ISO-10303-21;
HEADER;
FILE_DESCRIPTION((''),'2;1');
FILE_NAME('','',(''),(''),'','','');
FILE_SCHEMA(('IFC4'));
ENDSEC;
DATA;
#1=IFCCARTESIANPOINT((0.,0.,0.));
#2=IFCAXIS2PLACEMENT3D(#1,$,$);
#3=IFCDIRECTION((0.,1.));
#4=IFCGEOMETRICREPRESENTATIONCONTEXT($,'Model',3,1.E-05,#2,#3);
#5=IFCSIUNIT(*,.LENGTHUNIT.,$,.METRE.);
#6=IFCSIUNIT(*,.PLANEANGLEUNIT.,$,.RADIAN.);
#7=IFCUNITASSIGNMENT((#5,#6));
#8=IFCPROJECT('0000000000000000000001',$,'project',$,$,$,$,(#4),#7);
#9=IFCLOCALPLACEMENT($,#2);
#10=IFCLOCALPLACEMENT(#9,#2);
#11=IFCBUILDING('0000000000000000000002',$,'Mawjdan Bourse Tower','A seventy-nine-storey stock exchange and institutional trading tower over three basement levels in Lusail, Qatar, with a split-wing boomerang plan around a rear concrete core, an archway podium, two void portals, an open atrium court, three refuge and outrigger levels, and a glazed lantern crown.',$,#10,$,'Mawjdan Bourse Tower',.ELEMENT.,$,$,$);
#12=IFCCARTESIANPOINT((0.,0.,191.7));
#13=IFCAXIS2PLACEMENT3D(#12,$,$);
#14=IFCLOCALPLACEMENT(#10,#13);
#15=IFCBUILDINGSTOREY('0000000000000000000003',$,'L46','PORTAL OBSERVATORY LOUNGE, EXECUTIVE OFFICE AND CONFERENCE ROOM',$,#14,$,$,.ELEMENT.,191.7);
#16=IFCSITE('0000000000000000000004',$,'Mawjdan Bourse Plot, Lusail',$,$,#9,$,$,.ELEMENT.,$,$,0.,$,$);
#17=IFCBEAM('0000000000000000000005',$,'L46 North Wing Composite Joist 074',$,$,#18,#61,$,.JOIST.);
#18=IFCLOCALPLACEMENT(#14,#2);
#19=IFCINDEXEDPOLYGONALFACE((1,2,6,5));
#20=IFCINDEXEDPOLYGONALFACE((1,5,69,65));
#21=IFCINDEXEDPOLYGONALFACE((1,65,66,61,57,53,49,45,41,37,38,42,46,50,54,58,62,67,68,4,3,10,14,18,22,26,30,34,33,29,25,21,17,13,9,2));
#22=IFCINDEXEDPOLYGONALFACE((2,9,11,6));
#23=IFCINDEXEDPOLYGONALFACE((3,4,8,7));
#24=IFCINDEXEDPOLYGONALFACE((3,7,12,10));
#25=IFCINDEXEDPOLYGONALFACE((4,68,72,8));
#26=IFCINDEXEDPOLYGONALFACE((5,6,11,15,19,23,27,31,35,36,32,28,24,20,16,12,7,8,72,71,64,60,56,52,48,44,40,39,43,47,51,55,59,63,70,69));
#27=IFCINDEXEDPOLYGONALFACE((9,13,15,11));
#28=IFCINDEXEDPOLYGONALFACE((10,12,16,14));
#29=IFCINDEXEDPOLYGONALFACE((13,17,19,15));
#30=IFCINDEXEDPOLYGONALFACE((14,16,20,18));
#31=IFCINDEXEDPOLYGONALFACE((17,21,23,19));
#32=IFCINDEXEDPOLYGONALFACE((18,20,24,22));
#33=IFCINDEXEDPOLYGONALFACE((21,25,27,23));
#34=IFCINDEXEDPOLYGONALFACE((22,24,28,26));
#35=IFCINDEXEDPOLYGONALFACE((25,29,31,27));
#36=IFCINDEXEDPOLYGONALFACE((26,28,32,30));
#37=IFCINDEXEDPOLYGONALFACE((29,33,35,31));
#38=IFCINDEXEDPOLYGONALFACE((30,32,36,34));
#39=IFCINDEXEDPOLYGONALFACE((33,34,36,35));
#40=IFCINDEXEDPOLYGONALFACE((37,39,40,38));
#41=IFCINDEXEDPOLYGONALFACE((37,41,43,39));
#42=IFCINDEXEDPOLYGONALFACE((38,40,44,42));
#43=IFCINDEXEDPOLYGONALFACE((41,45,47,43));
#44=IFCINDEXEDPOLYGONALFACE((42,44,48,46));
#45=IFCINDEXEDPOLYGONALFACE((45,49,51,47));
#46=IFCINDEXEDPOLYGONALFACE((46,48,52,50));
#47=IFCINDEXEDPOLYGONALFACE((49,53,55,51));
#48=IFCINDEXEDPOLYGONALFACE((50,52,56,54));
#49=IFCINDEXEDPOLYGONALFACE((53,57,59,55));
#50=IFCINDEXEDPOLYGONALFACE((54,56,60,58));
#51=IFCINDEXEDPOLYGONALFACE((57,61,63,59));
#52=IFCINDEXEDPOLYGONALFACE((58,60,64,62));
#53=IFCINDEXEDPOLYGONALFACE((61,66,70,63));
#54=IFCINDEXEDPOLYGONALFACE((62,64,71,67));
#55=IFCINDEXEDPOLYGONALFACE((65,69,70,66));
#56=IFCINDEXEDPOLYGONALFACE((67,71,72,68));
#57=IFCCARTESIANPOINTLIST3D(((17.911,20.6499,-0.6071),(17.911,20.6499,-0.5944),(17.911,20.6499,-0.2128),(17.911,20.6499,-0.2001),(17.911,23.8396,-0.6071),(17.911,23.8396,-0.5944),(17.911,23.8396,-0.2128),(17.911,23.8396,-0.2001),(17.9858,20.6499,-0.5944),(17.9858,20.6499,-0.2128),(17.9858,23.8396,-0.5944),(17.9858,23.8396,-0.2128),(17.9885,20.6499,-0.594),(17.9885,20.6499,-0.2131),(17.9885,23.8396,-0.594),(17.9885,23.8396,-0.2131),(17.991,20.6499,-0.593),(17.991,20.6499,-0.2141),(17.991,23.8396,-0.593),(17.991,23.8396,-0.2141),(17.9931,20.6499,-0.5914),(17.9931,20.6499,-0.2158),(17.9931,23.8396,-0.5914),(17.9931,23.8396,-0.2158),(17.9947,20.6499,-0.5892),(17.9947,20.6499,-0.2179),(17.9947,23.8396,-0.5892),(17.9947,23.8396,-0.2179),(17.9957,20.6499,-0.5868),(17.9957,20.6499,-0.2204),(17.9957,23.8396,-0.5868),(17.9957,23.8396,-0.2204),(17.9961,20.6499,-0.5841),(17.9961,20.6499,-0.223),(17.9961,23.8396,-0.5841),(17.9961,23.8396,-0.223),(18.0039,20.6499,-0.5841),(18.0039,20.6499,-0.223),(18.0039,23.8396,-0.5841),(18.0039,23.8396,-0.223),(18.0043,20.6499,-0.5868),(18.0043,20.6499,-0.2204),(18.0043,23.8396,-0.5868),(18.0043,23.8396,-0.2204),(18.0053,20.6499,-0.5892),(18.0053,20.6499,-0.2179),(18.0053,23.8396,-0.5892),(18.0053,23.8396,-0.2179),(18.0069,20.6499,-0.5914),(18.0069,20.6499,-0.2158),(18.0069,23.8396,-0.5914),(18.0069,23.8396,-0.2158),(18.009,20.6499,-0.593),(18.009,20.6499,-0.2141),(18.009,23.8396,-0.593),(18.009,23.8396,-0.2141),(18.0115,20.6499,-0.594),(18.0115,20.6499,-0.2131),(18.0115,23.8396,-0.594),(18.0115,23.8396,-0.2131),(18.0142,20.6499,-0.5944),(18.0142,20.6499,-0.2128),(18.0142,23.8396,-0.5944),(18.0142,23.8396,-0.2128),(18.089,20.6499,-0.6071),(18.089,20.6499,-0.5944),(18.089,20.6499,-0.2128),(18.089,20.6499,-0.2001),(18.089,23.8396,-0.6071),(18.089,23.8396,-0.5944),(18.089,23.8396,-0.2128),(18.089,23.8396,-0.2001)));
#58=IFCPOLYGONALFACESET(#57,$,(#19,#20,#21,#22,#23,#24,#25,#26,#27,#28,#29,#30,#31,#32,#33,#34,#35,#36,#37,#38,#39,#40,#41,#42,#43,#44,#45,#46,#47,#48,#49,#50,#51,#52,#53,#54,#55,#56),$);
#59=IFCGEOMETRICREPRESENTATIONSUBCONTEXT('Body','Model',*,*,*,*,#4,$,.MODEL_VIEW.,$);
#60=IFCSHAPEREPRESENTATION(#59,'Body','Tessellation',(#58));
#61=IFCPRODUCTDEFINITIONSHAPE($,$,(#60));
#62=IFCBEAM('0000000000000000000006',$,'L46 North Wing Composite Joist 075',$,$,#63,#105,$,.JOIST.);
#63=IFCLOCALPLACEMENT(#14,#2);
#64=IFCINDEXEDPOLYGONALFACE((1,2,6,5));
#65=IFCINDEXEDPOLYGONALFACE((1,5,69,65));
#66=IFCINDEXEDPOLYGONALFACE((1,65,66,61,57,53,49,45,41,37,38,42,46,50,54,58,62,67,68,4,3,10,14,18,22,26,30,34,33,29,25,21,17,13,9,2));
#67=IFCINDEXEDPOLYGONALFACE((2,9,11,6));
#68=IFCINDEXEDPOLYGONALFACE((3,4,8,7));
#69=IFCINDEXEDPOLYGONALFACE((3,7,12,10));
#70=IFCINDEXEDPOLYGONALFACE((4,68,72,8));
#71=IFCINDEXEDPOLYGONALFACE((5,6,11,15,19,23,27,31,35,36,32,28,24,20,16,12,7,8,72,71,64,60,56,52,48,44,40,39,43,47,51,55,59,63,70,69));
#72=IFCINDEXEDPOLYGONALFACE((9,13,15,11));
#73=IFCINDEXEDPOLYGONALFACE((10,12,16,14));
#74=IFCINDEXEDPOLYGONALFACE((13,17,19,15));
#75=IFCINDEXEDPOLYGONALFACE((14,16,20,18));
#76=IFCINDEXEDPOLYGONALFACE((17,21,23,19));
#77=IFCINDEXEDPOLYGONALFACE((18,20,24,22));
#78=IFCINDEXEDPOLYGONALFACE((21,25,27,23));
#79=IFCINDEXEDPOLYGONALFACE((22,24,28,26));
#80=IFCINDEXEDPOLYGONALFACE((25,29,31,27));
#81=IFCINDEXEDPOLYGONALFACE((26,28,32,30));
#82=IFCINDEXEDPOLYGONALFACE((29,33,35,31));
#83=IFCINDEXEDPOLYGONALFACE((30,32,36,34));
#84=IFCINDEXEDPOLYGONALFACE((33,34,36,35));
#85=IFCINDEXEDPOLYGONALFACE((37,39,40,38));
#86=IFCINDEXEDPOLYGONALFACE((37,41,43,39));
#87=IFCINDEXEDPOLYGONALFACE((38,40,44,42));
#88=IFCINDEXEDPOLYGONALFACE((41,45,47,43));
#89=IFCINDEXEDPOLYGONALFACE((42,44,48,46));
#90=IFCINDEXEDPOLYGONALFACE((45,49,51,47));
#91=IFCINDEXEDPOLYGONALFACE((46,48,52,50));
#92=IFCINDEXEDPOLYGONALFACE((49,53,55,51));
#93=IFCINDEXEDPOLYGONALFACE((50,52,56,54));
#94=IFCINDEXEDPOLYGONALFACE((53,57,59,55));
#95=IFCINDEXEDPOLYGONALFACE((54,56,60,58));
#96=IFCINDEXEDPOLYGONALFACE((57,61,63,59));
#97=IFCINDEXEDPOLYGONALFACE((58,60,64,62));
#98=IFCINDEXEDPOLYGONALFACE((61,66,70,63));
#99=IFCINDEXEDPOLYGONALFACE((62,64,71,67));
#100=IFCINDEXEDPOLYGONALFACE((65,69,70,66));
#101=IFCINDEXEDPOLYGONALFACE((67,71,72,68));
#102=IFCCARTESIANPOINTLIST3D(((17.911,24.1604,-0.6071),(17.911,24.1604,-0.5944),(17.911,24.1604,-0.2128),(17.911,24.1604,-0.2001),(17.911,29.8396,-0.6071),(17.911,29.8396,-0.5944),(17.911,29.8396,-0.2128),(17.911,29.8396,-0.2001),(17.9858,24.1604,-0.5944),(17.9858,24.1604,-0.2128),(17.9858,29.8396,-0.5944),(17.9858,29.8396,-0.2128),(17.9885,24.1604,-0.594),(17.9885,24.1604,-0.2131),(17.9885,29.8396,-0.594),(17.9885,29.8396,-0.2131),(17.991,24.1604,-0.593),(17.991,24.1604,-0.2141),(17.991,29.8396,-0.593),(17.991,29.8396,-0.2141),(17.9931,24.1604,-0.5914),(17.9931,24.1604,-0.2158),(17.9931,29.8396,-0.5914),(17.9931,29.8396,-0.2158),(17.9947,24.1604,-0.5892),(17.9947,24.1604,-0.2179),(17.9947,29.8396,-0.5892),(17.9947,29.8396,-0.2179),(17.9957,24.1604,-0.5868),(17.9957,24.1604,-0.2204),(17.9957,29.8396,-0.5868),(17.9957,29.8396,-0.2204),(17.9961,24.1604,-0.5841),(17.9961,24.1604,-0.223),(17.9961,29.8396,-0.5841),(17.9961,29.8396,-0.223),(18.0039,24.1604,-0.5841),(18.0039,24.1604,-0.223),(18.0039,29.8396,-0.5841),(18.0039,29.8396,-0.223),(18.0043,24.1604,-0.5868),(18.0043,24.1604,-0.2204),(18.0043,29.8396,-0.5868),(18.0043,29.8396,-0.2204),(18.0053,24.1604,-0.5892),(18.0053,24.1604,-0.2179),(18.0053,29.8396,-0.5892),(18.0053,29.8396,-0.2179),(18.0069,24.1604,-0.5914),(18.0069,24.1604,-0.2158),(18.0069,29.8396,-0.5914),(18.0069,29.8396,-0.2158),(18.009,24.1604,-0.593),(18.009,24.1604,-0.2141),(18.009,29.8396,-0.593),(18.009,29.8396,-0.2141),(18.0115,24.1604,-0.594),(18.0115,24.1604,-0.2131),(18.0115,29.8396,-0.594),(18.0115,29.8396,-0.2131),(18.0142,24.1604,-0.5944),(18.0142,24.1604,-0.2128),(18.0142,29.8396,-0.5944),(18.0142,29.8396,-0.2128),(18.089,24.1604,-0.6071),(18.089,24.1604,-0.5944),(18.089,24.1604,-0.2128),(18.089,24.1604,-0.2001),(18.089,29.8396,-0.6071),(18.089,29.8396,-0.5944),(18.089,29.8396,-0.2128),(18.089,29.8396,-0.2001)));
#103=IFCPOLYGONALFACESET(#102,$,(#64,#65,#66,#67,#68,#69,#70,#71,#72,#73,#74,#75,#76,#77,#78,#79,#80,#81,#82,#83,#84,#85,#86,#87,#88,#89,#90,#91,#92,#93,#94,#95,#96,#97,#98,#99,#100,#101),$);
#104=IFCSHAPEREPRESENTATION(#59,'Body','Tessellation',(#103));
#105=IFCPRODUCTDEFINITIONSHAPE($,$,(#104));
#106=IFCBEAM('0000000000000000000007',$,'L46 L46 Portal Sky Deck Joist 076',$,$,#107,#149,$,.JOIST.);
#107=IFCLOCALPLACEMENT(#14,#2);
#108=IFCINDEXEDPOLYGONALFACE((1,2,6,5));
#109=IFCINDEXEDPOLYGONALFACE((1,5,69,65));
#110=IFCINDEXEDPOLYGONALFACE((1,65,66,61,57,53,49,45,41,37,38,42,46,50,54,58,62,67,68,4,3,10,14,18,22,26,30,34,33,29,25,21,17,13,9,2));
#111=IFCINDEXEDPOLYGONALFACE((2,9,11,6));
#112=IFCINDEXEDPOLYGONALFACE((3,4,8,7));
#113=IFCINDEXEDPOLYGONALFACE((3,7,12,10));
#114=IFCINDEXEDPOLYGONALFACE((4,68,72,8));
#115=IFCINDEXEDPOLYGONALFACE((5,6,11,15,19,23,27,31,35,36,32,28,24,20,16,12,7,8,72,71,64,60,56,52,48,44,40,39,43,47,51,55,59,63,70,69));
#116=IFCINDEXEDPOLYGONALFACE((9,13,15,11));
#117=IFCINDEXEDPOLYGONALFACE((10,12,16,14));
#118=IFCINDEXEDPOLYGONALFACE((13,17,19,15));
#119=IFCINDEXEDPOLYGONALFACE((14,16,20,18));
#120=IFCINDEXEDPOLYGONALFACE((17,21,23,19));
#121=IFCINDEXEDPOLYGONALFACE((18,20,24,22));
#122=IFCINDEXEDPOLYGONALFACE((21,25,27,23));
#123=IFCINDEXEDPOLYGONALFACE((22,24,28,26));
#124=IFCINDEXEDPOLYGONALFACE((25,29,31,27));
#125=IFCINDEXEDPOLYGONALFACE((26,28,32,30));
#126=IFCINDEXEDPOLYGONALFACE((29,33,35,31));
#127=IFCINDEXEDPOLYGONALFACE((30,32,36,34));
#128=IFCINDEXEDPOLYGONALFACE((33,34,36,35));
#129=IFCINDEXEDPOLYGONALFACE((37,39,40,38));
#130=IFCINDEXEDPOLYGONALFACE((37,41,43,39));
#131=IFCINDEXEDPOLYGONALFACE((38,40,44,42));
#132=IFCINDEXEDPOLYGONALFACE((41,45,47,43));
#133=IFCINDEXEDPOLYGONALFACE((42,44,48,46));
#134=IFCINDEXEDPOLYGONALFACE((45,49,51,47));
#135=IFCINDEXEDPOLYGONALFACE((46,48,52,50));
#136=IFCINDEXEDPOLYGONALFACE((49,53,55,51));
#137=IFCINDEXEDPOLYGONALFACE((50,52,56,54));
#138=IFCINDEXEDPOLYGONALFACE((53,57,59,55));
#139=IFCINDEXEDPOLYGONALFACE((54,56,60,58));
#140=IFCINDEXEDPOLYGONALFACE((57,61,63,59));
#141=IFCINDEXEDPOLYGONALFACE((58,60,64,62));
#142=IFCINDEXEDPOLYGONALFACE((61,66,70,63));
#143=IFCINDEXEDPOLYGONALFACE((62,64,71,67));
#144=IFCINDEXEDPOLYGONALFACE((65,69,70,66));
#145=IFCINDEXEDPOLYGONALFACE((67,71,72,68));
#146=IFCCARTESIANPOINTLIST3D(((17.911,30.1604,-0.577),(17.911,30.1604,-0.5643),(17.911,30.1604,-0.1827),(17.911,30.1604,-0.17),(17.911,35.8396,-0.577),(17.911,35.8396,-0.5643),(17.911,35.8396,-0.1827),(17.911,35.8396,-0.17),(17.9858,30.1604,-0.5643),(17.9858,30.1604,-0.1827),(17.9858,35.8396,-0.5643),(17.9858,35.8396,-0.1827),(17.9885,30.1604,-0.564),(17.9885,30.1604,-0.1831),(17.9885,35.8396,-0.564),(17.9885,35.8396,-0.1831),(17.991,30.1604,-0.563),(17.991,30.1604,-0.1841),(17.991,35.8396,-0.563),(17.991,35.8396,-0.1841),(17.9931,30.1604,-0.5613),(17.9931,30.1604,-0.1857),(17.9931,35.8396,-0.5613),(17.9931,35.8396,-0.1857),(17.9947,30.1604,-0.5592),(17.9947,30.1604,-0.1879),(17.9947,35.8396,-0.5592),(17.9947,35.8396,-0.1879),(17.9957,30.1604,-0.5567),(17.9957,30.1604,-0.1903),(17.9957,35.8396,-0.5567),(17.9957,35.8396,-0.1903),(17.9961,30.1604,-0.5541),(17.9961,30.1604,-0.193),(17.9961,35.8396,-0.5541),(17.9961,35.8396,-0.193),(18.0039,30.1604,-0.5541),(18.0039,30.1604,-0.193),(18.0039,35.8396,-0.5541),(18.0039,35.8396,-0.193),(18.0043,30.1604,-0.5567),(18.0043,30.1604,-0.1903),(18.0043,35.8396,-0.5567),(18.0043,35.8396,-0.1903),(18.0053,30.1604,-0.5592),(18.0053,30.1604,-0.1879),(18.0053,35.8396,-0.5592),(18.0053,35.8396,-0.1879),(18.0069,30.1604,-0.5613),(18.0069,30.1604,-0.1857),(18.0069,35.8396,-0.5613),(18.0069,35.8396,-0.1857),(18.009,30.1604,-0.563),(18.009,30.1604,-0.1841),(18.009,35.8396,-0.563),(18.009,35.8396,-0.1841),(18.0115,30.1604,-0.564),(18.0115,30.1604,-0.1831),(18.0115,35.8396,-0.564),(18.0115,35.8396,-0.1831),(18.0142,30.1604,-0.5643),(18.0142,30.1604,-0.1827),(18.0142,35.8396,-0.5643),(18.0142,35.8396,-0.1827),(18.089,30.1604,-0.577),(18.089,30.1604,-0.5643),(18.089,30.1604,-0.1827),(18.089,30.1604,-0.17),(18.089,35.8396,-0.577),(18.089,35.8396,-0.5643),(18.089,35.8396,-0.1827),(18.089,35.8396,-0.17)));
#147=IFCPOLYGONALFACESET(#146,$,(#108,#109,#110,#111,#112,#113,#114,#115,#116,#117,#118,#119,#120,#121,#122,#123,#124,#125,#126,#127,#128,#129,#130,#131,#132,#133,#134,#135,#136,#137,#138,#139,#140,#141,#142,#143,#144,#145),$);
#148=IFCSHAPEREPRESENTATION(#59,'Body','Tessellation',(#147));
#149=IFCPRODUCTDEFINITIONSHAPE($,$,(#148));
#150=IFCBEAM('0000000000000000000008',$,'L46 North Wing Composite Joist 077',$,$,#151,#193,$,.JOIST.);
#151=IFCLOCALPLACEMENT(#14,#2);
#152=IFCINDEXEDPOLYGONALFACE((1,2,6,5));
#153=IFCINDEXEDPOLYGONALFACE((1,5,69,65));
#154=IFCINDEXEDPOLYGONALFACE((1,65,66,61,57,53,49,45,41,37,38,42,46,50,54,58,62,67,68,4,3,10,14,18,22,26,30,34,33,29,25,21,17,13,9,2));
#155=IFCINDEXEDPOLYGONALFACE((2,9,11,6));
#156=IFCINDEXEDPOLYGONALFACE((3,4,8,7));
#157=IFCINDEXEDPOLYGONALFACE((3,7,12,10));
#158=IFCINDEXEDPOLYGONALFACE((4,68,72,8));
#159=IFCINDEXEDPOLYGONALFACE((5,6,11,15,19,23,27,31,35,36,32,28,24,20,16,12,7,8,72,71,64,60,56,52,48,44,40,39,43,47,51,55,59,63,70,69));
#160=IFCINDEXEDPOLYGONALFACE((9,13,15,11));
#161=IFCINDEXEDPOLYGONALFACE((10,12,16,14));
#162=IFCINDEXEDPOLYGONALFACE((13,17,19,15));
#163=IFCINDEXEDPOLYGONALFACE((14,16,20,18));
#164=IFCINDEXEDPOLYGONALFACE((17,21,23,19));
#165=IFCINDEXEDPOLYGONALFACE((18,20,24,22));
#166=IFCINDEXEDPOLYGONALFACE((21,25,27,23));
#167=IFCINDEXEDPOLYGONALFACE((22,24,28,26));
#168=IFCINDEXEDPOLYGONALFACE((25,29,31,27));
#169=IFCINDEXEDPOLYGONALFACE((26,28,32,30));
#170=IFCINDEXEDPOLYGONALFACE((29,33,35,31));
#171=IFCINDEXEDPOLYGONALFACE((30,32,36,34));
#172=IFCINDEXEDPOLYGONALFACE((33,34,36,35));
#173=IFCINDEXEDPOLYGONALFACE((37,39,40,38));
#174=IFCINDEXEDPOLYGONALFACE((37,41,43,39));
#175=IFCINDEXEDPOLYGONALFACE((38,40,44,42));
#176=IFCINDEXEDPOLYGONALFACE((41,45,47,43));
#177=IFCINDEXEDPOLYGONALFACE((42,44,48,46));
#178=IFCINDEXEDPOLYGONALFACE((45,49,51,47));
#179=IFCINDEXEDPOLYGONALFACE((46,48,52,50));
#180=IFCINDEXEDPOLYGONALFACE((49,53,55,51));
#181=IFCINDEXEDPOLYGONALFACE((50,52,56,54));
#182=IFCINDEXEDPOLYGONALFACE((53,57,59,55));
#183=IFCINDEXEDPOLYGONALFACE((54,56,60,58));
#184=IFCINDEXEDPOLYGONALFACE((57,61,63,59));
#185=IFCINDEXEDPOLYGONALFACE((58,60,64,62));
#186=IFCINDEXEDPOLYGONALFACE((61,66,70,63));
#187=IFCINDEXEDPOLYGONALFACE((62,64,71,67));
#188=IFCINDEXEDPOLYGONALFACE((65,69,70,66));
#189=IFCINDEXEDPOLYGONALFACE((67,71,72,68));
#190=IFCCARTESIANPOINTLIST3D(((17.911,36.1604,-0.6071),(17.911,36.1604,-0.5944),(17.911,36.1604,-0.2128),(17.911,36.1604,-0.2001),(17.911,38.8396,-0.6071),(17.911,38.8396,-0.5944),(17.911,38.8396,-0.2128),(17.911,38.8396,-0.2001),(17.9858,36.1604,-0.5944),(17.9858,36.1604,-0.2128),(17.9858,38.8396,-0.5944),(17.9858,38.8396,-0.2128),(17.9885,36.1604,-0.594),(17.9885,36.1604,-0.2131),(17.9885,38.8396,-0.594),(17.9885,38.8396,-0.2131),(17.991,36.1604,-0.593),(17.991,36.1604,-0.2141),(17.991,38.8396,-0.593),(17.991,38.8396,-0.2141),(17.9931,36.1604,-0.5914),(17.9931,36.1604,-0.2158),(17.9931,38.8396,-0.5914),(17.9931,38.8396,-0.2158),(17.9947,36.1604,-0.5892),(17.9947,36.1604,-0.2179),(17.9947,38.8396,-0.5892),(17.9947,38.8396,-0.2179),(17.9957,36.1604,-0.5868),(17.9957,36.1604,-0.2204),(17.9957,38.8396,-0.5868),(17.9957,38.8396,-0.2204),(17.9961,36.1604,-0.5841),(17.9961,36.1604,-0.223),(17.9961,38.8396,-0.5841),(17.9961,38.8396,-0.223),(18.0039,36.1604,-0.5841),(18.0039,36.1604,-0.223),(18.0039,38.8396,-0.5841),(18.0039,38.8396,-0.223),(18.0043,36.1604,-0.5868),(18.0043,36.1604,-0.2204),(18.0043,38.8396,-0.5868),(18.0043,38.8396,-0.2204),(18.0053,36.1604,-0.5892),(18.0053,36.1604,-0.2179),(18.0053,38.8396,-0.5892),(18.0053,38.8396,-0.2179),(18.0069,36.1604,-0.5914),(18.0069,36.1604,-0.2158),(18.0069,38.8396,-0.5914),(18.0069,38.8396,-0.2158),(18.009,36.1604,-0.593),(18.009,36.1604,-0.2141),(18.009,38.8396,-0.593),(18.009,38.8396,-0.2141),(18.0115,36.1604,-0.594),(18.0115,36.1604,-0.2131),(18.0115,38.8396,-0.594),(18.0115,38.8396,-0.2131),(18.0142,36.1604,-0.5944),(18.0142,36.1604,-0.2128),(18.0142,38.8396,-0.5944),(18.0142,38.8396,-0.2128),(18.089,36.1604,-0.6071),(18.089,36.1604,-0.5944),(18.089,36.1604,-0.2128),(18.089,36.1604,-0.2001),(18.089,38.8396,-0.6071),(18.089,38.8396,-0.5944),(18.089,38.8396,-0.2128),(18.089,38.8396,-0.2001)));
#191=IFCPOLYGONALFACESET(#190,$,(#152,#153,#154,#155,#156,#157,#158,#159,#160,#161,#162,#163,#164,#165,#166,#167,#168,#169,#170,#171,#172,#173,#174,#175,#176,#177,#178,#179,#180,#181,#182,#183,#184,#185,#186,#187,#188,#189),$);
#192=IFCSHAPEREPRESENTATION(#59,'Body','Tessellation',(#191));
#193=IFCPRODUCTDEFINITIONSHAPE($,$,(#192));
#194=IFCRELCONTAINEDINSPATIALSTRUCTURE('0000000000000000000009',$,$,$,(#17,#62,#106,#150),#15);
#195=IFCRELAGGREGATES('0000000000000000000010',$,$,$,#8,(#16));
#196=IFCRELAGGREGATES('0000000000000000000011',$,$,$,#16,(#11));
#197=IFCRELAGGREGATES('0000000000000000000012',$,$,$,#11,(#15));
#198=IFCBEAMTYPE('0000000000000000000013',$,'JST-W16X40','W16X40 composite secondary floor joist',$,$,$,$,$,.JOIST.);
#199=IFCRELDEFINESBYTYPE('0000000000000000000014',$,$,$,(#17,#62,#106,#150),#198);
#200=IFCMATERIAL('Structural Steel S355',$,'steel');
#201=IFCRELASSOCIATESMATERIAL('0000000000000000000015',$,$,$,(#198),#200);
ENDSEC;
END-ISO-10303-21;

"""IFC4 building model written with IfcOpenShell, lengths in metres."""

from ifc_helpers import new_model, si_unit, direction, frame, origin, origin_2d, place, context, subcontext, project, spatial, i_section, extrude, material, material_profile, profile_set, type_object, element, save


model = new_model("IFC4")

# Units and contexts
model_context = context("Model", 3, precision=1e-05, world=origin(), true_north=direction((0.0, 1.0)))
body_context = subcontext(model_context, "Body", "Model", "MODEL_VIEW")
ifc_project = project(units=[si_unit("LENGTHUNIT", "METRE"), si_unit("PLANEANGLEUNIT", "RADIAN")], contexts=[model_context])

# Site, building, storey
site_placement = place(None, origin())
site = spatial("IfcSite", under=ifc_project, at=site_placement, Name="Mawjdan Bourse Plot, Lusail", CompositionType="ELEMENT", RefElevation=0.0)
building_placement = place(site_placement, origin())
building = spatial("IfcBuilding", under=site, at=building_placement, Name="Mawjdan Bourse Tower", Description="A seventy-nine-storey stock exchange and institutional trading tower over three basement levels in Lusail, Qatar, with a split-wing boomerang plan around a rear concrete core, an archway podium, two void portals, an open atrium court, three refuge and outrigger levels, and a glazed lantern crown.", LongName="Mawjdan Bourse Tower", CompositionType="ELEMENT")
storey_placement = place(building_placement, frame((0.0, 0.0, 191.7)))
storey = spatial("IfcBuildingStorey", under=building, at=storey_placement, Name="L46", Description="PORTAL OBSERVATORY LOUNGE, EXECUTIVE OFFICE AND CONFERENCE ROOM", CompositionType="ELEMENT", Elevation=191.7)

# Beams
ifc_material_1 = material(Name="Structural Steel S355", Category="steel")
ifc_material_profile_1 = material_profile(ifc_material_1, i_section(OverallWidth=0.178, OverallDepth=0.407, WebThickness=0.0078, FlangeThickness=0.0127, FilletRadius=0.0103, at=origin_2d()), Name="W16X40")
ifc_profile_set_1 = profile_set([ifc_material_profile_1], Name="Structural Steel S355")
beam_type_1 = type_object("IfcBeamType", Name="JST-W16X40", Description="W16X40 composite secondary floor joist", PredefinedType="JOIST", material=ifc_profile_set_1)
beam_1_placement = place(storey_placement, frame((18.0, 20.6499, -0.4036), z_axis=(0.0, 1.0, 0.0), x_axis=(-1.0, 0.0, 0.0)))
element("IfcBeam", 1, at=beam_1_placement, inside=storey, type_object=beam_type_1, Name="L46 North Wing Composite Joist 074", PredefinedType="JOIST", context=body_context, shape_type="SweptSolid", body=[
    extrude(i_section(OverallWidth=0.178, OverallDepth=0.407, WebThickness=0.0078, FlangeThickness=0.0127, FilletRadius=0.0103, at=origin_2d()), origin(), (0.0, 0.0, 1.0), 3.1897),
])
for number, where, z_axis, x_axis, name in (
    (2, (18.0, 24.1604, -0.4036), (0.0, 1.0, 0.0), (-1.0, 0.0, 0.0), "L46 North Wing Composite Joist 075"),
    (3, (18.0, 30.1604, -0.3735), (0.0, 1.0, 0.0), (-1.0, 0.0, 0.0), "L46 L46 Portal Sky Deck Joist 076"),
):
    element("IfcBeam", number, at=place(storey_placement, frame(where, z_axis=z_axis, x_axis=x_axis)), inside=storey, type_object=beam_type_1, Name=name, PredefinedType="JOIST", context=body_context, shape_type="SweptSolid", body=[
        extrude(i_section(OverallWidth=0.178, OverallDepth=0.407, WebThickness=0.0078, FlangeThickness=0.0127, FilletRadius=0.0103, at=origin_2d()), origin(), (0.0, 0.0, 1.0), 5.6792),
    ])
for number, where, z_axis, x_axis, name in (
    (4, (18.0, 36.1604, -0.4036), (0.0, 1.0, 0.0), (-1.0, 0.0, 0.0), "L46 North Wing Composite Joist 077"),
):
    element("IfcBeam", number, at=place(storey_placement, frame(where, z_axis=z_axis, x_axis=x_axis)), inside=storey, type_object=beam_type_1, Name=name, PredefinedType="JOIST", context=body_context, shape_type="SweptSolid", body=[
        extrude(i_section(OverallWidth=0.178, OverallDepth=0.407, WebThickness=0.0078, FlangeThickness=0.0127, FilletRadius=0.0103, at=origin_2d()), origin(), (0.0, 0.0, 1.0), 2.6792),
    ])

save(model, "model.ifc")
